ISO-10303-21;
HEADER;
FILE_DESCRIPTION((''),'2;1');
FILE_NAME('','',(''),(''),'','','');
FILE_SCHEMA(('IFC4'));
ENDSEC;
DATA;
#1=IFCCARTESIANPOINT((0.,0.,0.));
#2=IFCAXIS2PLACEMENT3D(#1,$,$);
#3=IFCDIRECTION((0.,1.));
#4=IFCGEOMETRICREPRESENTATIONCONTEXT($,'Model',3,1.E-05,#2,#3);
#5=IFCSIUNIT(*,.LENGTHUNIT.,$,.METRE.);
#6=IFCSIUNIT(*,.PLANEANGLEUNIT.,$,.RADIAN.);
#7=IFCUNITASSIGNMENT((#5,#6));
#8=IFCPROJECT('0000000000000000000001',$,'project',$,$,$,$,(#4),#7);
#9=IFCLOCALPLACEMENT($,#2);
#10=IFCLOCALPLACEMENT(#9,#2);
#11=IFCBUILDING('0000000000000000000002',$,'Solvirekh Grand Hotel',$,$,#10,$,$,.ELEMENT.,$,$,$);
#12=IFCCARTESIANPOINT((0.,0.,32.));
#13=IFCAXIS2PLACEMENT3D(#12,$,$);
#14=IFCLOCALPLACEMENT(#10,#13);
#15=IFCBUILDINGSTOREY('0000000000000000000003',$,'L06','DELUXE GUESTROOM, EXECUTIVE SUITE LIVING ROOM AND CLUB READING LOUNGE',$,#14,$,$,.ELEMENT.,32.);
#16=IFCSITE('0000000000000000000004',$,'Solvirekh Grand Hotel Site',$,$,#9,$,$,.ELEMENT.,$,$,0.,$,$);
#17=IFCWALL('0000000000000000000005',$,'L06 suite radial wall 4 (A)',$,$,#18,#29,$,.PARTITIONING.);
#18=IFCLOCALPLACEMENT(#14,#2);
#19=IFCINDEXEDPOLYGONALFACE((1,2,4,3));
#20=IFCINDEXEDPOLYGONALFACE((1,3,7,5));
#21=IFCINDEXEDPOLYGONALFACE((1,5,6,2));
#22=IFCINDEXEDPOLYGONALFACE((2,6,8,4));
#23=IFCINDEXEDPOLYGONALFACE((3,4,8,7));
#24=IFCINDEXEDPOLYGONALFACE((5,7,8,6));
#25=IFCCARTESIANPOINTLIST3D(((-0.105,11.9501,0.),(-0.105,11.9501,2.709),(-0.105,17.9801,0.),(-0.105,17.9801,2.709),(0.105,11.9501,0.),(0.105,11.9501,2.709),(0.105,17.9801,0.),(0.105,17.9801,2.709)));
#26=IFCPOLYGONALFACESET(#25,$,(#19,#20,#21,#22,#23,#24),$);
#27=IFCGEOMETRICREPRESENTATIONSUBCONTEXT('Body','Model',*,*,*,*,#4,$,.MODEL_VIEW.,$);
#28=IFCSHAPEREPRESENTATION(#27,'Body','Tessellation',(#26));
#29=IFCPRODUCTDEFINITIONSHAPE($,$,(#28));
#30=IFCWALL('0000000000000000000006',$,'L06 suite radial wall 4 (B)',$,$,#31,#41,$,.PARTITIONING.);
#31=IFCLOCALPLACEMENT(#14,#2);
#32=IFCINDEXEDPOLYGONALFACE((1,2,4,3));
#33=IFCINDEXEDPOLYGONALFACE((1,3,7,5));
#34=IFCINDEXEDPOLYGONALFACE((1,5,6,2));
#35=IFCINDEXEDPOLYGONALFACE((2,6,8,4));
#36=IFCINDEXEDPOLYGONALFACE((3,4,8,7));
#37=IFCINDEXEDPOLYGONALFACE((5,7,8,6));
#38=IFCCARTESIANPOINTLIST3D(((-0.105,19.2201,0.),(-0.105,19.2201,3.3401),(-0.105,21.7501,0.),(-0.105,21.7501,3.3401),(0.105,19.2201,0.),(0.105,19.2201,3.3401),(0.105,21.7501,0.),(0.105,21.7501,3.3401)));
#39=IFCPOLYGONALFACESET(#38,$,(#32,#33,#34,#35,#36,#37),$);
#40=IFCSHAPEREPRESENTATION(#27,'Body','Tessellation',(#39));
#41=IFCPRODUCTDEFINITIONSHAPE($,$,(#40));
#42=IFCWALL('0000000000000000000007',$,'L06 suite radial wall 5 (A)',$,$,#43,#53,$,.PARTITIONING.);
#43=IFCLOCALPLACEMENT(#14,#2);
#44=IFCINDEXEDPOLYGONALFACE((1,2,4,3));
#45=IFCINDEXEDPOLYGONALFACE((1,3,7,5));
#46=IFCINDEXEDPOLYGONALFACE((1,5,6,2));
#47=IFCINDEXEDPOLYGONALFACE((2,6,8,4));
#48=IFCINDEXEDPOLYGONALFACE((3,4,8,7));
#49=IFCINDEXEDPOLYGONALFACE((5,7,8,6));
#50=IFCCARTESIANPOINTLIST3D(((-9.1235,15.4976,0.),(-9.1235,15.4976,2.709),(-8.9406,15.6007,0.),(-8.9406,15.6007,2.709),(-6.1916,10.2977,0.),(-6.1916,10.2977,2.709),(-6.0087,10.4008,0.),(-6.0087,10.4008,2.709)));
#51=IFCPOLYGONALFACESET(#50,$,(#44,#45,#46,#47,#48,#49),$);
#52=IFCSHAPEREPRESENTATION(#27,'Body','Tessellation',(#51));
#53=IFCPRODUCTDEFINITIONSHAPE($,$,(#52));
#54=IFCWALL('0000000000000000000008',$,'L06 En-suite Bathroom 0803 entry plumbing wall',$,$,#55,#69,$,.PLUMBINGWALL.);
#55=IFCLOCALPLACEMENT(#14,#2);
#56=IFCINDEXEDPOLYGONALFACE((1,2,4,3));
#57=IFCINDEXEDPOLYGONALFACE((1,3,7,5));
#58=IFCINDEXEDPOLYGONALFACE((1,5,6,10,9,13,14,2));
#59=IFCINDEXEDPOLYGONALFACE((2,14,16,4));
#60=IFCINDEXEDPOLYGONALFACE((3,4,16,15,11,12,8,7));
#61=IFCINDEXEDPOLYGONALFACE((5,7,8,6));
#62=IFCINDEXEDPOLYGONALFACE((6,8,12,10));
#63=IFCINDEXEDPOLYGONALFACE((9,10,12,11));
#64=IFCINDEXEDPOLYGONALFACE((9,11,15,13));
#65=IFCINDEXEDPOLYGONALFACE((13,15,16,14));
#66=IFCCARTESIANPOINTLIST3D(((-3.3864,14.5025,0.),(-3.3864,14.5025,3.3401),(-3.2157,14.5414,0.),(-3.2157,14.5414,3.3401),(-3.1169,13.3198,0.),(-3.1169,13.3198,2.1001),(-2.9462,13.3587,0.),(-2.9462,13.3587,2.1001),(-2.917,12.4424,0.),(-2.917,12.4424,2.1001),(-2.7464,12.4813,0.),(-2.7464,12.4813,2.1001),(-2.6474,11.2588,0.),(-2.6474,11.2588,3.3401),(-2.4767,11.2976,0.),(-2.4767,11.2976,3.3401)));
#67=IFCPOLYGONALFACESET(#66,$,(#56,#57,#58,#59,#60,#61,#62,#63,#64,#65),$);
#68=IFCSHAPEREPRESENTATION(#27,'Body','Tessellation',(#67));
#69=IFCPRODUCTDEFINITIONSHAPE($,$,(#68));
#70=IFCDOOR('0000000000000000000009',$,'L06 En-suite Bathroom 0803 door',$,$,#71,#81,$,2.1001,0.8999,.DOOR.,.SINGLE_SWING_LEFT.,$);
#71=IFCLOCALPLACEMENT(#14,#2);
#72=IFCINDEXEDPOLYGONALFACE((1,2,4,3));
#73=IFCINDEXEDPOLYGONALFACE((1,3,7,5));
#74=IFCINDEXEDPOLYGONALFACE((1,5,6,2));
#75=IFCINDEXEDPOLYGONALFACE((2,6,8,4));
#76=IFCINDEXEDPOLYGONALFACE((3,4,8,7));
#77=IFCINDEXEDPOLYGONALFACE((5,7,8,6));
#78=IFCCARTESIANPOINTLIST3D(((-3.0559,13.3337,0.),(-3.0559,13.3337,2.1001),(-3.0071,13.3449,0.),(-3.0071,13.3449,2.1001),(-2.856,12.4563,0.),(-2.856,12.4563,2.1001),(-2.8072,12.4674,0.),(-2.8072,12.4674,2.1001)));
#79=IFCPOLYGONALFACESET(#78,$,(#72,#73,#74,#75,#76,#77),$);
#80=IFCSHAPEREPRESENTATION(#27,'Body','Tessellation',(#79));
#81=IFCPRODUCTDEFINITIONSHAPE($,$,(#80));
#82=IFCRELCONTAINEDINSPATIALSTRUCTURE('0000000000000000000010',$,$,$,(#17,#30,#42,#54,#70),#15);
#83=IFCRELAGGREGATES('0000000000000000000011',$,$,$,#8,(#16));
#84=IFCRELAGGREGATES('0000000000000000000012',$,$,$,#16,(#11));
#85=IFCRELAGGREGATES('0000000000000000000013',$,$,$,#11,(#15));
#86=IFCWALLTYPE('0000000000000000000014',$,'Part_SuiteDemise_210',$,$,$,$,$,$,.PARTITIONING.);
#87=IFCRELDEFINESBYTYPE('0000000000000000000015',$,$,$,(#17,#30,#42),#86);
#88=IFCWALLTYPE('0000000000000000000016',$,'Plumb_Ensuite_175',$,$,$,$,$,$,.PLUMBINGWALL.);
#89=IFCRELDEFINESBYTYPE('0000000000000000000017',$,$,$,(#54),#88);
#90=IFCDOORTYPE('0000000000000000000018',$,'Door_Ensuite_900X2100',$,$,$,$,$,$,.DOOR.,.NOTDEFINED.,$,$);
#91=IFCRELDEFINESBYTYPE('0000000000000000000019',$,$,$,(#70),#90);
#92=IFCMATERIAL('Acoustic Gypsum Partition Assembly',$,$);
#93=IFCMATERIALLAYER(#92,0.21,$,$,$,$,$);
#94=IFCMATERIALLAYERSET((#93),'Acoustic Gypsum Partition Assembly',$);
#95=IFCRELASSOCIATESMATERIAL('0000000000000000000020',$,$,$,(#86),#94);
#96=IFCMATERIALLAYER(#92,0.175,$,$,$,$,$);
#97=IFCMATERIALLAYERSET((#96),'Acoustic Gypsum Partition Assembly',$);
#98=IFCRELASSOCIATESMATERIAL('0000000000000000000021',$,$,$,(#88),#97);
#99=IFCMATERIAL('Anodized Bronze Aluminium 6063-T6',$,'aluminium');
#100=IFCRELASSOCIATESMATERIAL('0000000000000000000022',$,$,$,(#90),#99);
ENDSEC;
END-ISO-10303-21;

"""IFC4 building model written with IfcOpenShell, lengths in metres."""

from ifc_helpers import new_model, si_unit, direction, frame, frame_2d, origin, place, context, subcontext, project, spatial, rectangle, extrude, material, layer, layer_set, type_object, element, fill, save


model = new_model("IFC4")

# Units and contexts
model_context = context("Model", 3, precision=1e-05, world=origin(), true_north=direction((0.0, 1.0)))
body_context = subcontext(model_context, "Body", "Model", "MODEL_VIEW")
ifc_project = project(units=[si_unit("LENGTHUNIT", "METRE"), si_unit("PLANEANGLEUNIT", "RADIAN")], contexts=[model_context])

# Site, building, storey
site_placement = place(None, origin())
site = spatial("IfcSite", under=ifc_project, at=site_placement, Name="Solvirekh Grand Hotel Site", CompositionType="ELEMENT", RefElevation=0.0)
building_placement = place(site_placement, origin())
building = spatial("IfcBuilding", under=site, at=building_placement, Name="Solvirekh Grand Hotel", CompositionType="ELEMENT")
storey_placement = place(building_placement, frame((0.0, 0.0, 32.0)))
storey = spatial("IfcBuildingStorey", under=building, at=storey_placement, Name="L06", Description="DELUXE GUESTROOM, EXECUTIVE SUITE LIVING ROOM AND CLUB READING LOUNGE", CompositionType="ELEMENT", Elevation=32.0)

# Shared definitions
ifc_material_1 = material(Name="Acoustic Gypsum Partition Assembly")

# Walls
ifc_layer_1 = layer(ifc_material_1, 0.21)
ifc_layer_set_1 = layer_set([ifc_layer_1], Name="Acoustic Gypsum Partition Assembly")
wall_type_1 = type_object("IfcWallType", Name="Part_SuiteDemise_210", PredefinedType="PARTITIONING", material=ifc_layer_set_1)
wall_1_placement = place(storey_placement, frame((0.0, 11.95, 0.0), z_axis=(0.0, 0.0, 1.0), x_axis=(0.0, 1.0, 0.0)))
element("IfcWall", 1, at=wall_1_placement, inside=storey, type_object=wall_type_1, Name="L06 suite radial wall 4 (A)", PredefinedType="PARTITIONING", context=body_context, shape_type="SweptSolid", body=[
    extrude(rectangle(XDim=6.03, YDim=0.21, at=frame_2d((3.0151, 0.0))), origin(), (0.0, 0.0, 1.0), 2.709),
])
wall_2_placement = place(storey_placement, frame((0.0, 19.22, 0.0), z_axis=(0.0, 0.0, 1.0), x_axis=(0.0, 1.0, 0.0)))
element("IfcWall", 2, at=wall_2_placement, inside=storey, type_object=wall_type_1, Name="L06 suite radial wall 4 (B)", PredefinedType="PARTITIONING", context=body_context, shape_type="SweptSolid", body=[
    extrude(rectangle(XDim=2.53, YDim=0.21, at=frame_2d((1.2651, 0.0))), origin(), (0.0, 0.0, 1.0), 3.3401),
])
wall_3_placement = place(storey_placement, frame((-6.1001, 10.3491, 0.0), z_axis=(0.0, 0.0, 1.0), x_axis=(-0.491141, 0.87108, 0.0)))
element("IfcWall", 3, at=wall_3_placement, inside=storey, type_object=wall_type_1, Name="L06 suite radial wall 5 (A)", PredefinedType="PARTITIONING", context=body_context, shape_type="SweptSolid", body=[
    extrude(rectangle(XDim=5.9695, YDim=0.21, at=frame_2d((2.9849, 0.0))), origin(), (0.0, 0.0, 1.0), 2.709),
])

# Wall, opening, door
ifc_layer_2 = layer(ifc_material_1, 0.175)
ifc_layer_set_2 = layer_set([ifc_layer_2], Name="Acoustic Gypsum Partition Assembly")
wall_type_2 = type_object("IfcWallType", Name="Plumb_Ensuite_175", PredefinedType="PLUMBINGWALL", material=ifc_layer_set_2)
wall_4_placement = place(storey_placement, frame((-2.562, 11.2781, 0.0), z_axis=(0.0, 0.0, 1.0), x_axis=(-0.222125, 0.975018, 0.0)))
wall_4 = element("IfcWall", 4, at=wall_4_placement, inside=storey, type_object=wall_type_2, Name="L06 En-suite Bathroom 0803 entry plumbing wall", PredefinedType="PLUMBINGWALL", context=body_context, shape_type="SweptSolid", body=[
    extrude(rectangle(XDim=3.3269, YDim=0.175, at=frame_2d((1.6636, 0.0))), origin(), (0.0, 0.0, 1.0), 3.3401),
])
opening_1_placement = place(wall_4_placement, frame((1.2141, 0.0, 0.0)))
opening_1 = element("IfcOpeningElement", 5, at=opening_1_placement, cuts=wall_4, PredefinedType="OPENING", context=body_context, shape_type="SweptSolid", body=[
    extrude(rectangle(XDim=0.8999, YDim=2.1001, at=frame_2d((0.45, 1.05))), frame((0.0, 0.0977, 0.0), z_axis=(0.0, -1.0, 0.0), x_axis=(1.0, 0.0, 0.0)), (0.0, 0.0, 1.0), 0.1951),
])
ifc_material_2 = material(Name="Anodized Bronze Aluminium 6063-T6", Category="aluminium")
door_type_1 = type_object("IfcDoorType", Name="Door_Ensuite_900X2100", OperationType="NOTDEFINED", PredefinedType="DOOR", material=ifc_material_2)
door_1_placement = place(opening_1_placement, origin())
door_1 = element("IfcDoor", 6, at=door_1_placement, inside=storey, type_object=door_type_1, Name="L06 En-suite Bathroom 0803 door", OperationType="SINGLE_SWING_LEFT", OverallHeight=2.1001, OverallWidth=0.8999, PredefinedType="DOOR", context=body_context, shape_type="SweptSolid", body=[
    extrude(rectangle(XDim=0.8999, YDim=2.1001, at=frame_2d((0.45, 1.05))), frame((0.0, 0.0249, 0.0), z_axis=(0.0, -1.0, 0.0), x_axis=(1.0, 0.0, 0.0)), (0.0, 0.0, 1.0), 0.05),
])
fill(opening_1, door_1)

save(model, "model.ifc")
